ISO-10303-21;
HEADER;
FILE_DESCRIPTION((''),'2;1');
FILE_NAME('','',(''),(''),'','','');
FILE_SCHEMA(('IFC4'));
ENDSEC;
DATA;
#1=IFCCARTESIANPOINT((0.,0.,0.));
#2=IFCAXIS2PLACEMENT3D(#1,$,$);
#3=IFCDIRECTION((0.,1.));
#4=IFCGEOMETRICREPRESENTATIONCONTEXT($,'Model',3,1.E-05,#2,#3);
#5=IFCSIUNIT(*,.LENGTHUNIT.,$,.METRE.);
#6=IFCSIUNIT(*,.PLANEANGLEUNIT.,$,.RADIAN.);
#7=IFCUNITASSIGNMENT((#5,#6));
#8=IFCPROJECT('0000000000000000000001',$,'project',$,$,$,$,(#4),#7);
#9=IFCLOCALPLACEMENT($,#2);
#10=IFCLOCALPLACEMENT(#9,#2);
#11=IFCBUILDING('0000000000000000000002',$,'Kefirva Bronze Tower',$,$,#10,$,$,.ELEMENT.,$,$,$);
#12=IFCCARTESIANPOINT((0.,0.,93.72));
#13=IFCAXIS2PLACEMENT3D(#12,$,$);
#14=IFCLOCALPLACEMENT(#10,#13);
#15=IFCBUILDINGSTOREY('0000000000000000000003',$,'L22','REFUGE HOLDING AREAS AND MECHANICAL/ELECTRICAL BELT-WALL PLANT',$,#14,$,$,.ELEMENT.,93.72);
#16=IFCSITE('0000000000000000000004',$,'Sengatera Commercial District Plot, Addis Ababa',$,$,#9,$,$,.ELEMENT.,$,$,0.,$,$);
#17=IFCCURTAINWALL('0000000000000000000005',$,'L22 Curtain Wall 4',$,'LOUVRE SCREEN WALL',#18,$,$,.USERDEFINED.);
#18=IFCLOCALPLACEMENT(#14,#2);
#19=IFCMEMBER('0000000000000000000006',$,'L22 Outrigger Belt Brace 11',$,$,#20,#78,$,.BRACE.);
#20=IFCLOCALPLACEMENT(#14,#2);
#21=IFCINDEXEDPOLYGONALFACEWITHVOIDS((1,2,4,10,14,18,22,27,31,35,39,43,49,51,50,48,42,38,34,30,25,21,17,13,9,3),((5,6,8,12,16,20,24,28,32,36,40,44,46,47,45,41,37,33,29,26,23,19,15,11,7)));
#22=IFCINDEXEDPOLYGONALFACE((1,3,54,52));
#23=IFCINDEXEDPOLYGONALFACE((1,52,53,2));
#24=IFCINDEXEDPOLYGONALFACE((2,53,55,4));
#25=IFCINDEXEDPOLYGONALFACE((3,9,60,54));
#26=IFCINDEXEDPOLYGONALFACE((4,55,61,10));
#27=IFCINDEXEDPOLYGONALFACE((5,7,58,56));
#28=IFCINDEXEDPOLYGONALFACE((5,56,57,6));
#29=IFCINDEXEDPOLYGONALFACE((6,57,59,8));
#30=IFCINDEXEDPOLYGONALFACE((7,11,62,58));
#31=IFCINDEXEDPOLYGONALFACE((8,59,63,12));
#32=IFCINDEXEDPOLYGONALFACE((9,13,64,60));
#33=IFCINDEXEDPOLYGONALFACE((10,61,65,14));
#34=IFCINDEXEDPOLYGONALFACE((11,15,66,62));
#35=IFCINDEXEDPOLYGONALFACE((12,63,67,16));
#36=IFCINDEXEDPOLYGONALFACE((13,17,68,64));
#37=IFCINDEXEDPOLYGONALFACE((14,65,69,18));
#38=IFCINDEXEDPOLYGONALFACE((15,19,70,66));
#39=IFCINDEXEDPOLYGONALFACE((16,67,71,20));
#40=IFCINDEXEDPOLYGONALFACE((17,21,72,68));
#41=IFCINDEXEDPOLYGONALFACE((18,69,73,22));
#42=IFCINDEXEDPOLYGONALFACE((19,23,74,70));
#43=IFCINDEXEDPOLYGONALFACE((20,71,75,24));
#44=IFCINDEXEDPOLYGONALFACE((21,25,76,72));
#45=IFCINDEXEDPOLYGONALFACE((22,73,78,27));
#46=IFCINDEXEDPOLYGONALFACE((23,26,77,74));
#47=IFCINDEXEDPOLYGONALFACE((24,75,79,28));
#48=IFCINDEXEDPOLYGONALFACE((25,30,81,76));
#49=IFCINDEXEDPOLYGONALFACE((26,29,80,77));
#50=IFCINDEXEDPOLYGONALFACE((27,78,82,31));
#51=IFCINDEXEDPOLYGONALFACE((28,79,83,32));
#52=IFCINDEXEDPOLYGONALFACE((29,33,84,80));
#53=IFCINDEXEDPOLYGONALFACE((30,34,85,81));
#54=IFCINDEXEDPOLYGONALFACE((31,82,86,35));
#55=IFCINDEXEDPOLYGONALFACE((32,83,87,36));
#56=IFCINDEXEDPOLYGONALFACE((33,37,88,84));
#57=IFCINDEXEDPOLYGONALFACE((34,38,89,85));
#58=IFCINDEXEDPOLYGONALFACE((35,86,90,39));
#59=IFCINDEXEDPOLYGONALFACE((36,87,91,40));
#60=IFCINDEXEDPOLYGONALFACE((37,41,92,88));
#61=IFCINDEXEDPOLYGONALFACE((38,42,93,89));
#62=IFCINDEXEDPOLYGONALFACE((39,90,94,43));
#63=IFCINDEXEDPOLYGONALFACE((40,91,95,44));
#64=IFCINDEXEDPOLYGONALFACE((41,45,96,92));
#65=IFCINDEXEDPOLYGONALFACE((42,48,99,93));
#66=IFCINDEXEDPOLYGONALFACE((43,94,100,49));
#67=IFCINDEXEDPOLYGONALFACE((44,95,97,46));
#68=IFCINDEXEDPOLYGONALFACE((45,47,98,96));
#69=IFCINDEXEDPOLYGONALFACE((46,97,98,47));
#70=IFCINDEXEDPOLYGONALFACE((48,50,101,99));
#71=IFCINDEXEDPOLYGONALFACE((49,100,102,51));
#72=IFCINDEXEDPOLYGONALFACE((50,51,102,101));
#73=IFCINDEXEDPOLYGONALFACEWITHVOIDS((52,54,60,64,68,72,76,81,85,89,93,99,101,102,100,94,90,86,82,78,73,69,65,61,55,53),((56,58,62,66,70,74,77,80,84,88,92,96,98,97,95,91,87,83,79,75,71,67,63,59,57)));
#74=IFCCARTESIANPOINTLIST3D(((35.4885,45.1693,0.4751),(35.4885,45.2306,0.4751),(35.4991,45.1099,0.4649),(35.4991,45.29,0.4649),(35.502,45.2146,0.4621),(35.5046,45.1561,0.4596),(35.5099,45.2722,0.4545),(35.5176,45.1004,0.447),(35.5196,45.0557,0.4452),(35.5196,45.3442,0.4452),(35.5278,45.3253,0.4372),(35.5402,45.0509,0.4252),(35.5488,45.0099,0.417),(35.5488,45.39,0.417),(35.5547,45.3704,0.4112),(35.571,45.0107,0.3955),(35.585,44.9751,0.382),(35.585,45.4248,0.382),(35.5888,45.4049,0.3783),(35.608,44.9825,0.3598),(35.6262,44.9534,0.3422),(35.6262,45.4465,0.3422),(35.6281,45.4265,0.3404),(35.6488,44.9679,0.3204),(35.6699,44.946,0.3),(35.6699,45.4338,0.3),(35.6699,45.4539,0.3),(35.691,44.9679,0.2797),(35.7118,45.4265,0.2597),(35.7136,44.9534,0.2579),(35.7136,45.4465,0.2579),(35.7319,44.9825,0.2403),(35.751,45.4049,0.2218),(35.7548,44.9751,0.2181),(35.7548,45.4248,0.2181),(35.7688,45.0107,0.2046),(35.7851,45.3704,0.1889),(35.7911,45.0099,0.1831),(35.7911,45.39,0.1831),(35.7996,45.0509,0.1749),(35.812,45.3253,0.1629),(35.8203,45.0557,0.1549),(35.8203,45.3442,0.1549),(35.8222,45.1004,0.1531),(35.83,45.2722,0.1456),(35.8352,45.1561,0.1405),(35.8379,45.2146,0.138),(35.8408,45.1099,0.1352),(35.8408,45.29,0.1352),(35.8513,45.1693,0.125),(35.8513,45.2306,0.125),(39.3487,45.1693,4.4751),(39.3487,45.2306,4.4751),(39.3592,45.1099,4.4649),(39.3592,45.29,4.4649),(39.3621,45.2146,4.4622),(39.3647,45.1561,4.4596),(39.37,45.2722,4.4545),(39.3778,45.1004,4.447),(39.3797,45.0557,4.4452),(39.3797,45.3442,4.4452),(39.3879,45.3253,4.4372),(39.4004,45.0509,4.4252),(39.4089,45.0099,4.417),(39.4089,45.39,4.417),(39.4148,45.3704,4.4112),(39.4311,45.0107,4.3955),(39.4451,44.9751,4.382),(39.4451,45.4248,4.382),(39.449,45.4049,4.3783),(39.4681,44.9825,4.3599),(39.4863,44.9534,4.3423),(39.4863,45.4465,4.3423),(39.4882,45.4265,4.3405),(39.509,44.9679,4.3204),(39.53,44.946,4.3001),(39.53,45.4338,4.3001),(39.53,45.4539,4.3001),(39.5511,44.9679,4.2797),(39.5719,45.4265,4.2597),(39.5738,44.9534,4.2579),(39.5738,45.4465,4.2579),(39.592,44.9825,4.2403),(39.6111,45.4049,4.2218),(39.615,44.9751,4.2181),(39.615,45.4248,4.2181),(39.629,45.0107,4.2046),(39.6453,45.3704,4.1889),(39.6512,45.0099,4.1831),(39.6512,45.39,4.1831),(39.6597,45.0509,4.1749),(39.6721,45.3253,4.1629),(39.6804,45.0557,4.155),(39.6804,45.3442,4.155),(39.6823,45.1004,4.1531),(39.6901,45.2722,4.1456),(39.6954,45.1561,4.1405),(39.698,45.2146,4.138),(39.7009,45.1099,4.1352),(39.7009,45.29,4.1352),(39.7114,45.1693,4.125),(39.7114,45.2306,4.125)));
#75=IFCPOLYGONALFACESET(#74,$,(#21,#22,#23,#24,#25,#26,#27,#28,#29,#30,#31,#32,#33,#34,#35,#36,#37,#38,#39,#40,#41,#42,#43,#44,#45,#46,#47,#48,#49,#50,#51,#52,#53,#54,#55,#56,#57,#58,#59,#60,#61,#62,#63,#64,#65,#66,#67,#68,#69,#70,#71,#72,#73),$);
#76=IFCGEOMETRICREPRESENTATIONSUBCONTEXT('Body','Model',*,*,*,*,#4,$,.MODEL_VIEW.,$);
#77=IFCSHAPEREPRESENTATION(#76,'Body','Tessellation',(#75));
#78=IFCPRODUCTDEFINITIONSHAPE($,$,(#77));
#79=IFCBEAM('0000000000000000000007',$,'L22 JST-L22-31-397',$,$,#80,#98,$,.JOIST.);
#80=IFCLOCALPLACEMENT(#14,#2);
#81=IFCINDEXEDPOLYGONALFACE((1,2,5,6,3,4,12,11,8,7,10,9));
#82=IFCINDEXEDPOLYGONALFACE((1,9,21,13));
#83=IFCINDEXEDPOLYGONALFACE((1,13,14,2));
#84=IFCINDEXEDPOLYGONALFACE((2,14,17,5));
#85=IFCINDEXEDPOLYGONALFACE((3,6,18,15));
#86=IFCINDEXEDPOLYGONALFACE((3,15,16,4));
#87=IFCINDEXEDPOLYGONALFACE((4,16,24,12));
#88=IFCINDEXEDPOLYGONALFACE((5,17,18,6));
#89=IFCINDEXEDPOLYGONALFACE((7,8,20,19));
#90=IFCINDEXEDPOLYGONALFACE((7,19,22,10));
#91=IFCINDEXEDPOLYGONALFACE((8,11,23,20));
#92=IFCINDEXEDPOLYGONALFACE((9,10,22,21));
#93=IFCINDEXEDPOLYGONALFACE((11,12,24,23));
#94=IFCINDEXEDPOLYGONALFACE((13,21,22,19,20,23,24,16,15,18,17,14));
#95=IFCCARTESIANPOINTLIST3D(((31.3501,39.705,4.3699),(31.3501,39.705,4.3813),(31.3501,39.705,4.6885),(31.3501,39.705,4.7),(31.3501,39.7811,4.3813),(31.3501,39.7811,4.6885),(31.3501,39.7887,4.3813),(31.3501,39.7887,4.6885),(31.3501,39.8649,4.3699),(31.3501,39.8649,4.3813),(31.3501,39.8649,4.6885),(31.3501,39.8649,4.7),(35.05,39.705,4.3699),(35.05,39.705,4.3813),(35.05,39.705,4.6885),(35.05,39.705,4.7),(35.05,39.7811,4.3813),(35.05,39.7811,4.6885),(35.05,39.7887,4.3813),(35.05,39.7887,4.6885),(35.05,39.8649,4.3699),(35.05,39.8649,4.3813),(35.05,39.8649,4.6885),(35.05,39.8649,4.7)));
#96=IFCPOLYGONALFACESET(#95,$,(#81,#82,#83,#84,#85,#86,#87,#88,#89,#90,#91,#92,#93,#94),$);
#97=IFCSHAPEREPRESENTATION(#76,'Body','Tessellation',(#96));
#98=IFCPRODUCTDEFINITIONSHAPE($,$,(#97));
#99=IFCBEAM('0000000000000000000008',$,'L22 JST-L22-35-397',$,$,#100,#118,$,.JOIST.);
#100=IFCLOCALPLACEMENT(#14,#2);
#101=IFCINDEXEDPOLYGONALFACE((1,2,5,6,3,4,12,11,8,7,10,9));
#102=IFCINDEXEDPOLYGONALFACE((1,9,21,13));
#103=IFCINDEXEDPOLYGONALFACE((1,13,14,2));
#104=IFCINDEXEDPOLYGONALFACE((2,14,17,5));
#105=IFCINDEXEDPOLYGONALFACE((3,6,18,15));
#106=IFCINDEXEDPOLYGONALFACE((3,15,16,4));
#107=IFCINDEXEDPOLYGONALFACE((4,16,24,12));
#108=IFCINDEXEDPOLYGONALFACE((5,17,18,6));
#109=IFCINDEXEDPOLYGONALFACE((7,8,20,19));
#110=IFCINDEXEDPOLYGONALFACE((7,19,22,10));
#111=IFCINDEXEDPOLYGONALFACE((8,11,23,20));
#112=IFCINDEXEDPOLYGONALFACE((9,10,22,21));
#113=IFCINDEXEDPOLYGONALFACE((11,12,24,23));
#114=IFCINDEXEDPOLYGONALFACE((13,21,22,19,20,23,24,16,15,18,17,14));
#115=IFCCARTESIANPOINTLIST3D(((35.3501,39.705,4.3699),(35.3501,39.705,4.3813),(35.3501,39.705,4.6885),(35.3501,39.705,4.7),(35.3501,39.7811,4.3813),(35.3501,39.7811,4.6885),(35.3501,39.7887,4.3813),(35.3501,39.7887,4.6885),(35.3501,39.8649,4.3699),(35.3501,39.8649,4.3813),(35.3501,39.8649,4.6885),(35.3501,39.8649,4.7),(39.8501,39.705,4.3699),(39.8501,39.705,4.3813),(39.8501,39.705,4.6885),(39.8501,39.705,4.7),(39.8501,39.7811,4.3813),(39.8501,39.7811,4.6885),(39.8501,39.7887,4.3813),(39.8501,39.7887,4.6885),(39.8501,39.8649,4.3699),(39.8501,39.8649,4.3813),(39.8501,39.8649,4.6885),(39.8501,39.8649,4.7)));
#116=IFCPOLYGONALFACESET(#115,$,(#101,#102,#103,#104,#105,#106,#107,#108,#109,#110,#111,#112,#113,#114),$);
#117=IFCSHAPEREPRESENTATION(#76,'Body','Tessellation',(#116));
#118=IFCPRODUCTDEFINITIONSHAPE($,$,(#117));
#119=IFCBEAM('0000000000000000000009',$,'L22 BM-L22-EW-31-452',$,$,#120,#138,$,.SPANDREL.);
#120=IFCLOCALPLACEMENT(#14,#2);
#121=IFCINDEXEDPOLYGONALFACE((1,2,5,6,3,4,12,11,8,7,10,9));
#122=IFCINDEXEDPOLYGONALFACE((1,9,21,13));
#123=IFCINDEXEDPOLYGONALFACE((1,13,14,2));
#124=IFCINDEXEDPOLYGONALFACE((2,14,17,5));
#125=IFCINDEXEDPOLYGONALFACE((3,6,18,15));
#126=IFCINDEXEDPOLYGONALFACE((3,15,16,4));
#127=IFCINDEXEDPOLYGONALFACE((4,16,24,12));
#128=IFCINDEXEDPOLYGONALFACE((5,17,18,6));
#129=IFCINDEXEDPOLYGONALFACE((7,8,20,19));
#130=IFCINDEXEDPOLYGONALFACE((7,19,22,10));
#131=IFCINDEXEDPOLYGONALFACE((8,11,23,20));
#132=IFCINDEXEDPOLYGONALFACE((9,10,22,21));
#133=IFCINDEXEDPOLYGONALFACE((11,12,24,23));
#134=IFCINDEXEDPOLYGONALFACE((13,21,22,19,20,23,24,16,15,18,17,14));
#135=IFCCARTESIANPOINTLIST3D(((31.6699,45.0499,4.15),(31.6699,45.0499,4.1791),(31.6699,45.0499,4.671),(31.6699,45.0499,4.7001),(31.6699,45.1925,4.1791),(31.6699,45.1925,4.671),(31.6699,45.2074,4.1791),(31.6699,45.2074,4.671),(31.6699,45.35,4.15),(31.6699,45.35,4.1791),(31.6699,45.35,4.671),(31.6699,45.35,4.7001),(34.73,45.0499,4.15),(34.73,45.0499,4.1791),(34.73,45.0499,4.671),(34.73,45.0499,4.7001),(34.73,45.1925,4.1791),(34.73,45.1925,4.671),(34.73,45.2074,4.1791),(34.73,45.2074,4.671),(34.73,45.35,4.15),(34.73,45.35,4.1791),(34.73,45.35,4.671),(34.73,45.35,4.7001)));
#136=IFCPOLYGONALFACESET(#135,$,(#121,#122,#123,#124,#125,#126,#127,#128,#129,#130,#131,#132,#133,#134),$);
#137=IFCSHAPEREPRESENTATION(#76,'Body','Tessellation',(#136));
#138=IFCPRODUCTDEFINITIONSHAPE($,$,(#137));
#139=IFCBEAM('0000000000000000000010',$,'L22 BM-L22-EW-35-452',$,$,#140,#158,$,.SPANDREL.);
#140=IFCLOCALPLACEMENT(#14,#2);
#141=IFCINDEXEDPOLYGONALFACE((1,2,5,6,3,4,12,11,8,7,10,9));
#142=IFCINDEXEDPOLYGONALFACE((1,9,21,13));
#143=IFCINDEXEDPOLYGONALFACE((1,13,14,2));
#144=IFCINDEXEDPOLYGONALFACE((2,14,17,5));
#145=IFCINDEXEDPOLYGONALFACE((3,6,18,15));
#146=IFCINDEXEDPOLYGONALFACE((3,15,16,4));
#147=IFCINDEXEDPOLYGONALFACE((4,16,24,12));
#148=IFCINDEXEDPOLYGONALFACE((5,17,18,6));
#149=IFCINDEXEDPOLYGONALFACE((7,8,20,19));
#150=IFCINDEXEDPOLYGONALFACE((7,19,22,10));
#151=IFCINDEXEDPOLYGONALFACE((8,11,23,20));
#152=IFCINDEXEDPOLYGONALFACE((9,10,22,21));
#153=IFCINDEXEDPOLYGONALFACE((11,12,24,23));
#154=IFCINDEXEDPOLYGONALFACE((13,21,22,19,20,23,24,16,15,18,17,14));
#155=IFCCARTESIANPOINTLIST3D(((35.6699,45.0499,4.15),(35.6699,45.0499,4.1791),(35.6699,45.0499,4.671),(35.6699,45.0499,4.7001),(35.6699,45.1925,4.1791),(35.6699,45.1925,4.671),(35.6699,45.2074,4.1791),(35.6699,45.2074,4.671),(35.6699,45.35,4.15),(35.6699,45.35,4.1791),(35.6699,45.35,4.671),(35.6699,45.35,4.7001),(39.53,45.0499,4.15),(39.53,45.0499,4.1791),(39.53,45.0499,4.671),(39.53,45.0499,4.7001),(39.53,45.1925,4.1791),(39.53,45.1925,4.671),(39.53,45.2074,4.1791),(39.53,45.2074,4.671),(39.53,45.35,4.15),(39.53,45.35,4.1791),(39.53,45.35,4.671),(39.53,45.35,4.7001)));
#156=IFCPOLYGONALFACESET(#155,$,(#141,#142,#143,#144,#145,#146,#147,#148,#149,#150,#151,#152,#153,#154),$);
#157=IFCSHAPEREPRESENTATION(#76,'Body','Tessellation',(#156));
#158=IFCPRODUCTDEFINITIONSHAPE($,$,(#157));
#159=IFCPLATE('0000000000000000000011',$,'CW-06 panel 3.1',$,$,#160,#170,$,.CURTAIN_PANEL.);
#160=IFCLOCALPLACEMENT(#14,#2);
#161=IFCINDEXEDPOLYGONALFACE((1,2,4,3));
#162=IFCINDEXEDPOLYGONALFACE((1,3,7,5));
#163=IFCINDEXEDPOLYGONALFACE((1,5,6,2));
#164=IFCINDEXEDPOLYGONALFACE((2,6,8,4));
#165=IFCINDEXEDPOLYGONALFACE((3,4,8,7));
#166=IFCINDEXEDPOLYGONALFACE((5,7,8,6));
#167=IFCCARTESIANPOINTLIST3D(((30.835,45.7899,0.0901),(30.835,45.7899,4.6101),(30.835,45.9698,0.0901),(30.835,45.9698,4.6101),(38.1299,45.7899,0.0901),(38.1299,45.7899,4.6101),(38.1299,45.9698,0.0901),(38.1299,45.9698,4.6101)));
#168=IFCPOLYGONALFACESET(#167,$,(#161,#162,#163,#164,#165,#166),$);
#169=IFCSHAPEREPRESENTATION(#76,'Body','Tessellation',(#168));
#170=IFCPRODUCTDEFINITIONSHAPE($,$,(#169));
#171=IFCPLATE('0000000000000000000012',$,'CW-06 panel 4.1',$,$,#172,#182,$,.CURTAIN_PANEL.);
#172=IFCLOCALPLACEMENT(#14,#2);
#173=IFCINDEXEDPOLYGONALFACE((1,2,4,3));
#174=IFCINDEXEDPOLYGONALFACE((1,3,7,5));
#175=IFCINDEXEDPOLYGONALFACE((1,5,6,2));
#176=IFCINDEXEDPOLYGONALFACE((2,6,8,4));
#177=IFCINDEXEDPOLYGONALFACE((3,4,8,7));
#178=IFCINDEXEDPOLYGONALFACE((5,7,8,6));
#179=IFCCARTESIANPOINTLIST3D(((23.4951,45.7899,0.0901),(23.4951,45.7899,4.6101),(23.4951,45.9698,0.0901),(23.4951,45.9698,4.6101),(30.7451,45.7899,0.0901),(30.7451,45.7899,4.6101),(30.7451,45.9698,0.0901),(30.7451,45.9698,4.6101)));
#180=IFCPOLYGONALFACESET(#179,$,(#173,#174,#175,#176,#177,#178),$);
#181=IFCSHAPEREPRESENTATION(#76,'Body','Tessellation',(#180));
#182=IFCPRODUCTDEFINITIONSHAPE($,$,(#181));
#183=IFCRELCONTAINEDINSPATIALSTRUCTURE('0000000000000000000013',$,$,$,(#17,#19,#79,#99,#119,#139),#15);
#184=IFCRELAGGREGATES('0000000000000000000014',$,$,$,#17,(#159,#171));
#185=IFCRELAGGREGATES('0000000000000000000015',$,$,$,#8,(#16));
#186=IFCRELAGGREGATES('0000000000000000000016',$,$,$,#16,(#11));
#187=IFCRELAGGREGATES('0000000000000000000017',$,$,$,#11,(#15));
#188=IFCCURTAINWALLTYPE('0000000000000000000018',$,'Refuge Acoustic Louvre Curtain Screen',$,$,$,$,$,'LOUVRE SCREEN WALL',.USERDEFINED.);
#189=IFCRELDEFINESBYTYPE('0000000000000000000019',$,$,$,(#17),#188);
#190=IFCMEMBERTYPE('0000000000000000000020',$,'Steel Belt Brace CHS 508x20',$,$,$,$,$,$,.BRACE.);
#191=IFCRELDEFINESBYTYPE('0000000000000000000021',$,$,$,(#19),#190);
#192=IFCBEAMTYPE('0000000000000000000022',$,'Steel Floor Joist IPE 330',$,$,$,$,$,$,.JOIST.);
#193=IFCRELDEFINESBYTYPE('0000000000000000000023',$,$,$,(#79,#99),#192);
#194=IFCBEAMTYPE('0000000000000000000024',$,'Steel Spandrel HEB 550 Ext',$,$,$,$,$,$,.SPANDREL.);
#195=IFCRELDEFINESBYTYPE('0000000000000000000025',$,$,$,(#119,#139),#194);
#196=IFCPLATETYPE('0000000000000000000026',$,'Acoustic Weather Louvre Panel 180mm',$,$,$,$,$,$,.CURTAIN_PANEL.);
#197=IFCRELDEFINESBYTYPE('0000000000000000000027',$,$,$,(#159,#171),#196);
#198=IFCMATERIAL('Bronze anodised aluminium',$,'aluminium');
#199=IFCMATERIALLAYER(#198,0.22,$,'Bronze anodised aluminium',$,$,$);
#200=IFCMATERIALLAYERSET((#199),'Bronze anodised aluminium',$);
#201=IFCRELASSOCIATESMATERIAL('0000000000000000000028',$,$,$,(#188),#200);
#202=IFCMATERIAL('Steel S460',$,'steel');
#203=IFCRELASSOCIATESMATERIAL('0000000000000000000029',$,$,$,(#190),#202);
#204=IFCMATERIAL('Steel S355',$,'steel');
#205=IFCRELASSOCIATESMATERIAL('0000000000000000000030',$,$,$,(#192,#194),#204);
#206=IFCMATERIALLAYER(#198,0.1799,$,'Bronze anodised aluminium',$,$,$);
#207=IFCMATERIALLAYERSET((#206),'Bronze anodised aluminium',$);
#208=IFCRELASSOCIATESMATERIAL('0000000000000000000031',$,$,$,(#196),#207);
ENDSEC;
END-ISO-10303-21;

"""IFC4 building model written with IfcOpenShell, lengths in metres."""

from ifc_helpers import new_model, si_unit, direction, frame, origin, origin_2d, place, context, subcontext, project, spatial, rectangle, hollow_circle, i_section, extrude, material, layer, layer_set, material_profile, profile_set, type_object, element, aggregate, save


model = new_model("IFC4")

# Units and contexts
model_context = context("Model", 3, precision=1e-05, world=origin(), true_north=direction((0.0, 1.0)))
body_context = subcontext(model_context, "Body", "Model", "MODEL_VIEW")
ifc_project = project(units=[si_unit("LENGTHUNIT", "METRE"), si_unit("PLANEANGLEUNIT", "RADIAN")], contexts=[model_context])

# Site, building, storey
site_placement = place(None, origin())
site = spatial("IfcSite", under=ifc_project, at=site_placement, Name="Sengatera Commercial District Plot, Addis Ababa", CompositionType="ELEMENT", RefElevation=0.0)
building_placement = place(site_placement, origin())
building = spatial("IfcBuilding", under=site, at=building_placement, Name="Kefirva Bronze Tower", CompositionType="ELEMENT")
storey_placement = place(building_placement, frame((0.0, 0.0, 93.72)))
storey = spatial("IfcBuildingStorey", under=building, at=storey_placement, Name="L22", Description="REFUGE HOLDING AREAS AND MECHANICAL/ELECTRICAL BELT-WALL PLANT", CompositionType="ELEMENT", Elevation=93.72)

# Curtain wall
ifc_material_1 = material(Name="Bronze anodised aluminium", Category="aluminium")
ifc_layer_1 = layer(ifc_material_1, 0.22, Name="Bronze anodised aluminium")
ifc_layer_set_1 = layer_set([ifc_layer_1], Name="Bronze anodised aluminium")
curtain_wall_type = type_object("IfcCurtainWallType", Name="Refuge Acoustic Louvre Curtain Screen", ElementType="LOUVRE SCREEN WALL", PredefinedType="USERDEFINED", material=ifc_layer_set_1)
curtain_wall_placement = place(storey_placement, origin())
curtain_wall = element("IfcCurtainWall", 1, at=curtain_wall_placement, inside=storey, type_object=curtain_wall_type, Name="L22 Curtain Wall 4", ObjectType="LOUVRE SCREEN WALL", PredefinedType="USERDEFINED")

# Member
ifc_material_2 = material(Name="Steel S460", Category="steel")
ifc_material_profile_1 = material_profile(ifc_material_2, hollow_circle(Radius=0.2539, WallThickness=0.02, at=origin_2d()), Name="CHS 508x20")
ifc_profile_set_1 = profile_set([ifc_material_profile_1], Name="Steel S460")
member_type_1 = type_object("IfcMemberType", Name="Steel Belt Brace CHS 508x20", PredefinedType="BRACE", material=ifc_profile_set_1)
member_1_placement = place(storey_placement, frame((35.6699, 45.2, 0.3), z_axis=(0.694412, 0.0, 0.719578), x_axis=(0.0, 1.0, 0.0)))
element("IfcMember", 2, at=member_1_placement, inside=storey, type_object=member_type_1, Name="L22 Outrigger Belt Brace 11", PredefinedType="BRACE", context=body_context, shape_type="SweptSolid", body=[
    extrude(hollow_circle(Radius=0.2539, WallThickness=0.02, at=origin_2d()), origin(), (0.0, 0.0, 1.0), 5.5588),
])

# Beams
ifc_material_3 = material(Name="Steel S355", Category="steel")
ifc_material_profile_2 = material_profile(ifc_material_3, i_section(OverallWidth=0.1599, OverallDepth=0.3301, WebThickness=0.0076, FlangeThickness=0.0115, at=origin_2d()), Name="IPE 330")
ifc_profile_set_2 = profile_set([ifc_material_profile_2], Name="Steel S355")
beam_type_1 = type_object("IfcBeamType", Name="Steel Floor Joist IPE 330", PredefinedType="JOIST", material=ifc_profile_set_2)
beam_1_placement = place(storey_placement, frame((31.3501, 39.7849, 4.5349), z_axis=(1.0, 0.0, 0.0), x_axis=(0.0, 1.0, 0.0)))
element("IfcBeam", 3, at=beam_1_placement, inside=storey, type_object=beam_type_1, Name="L22 JST-L22-31-397", PredefinedType="JOIST", context=body_context, shape_type="SweptSolid", body=[
    extrude(i_section(OverallWidth=0.1599, OverallDepth=0.3301, WebThickness=0.0076, FlangeThickness=0.0115, at=origin_2d()), origin(), (0.0, 0.0, 1.0), 3.7),
])
beam_2_placement = place(storey_placement, frame((35.3501, 39.7849, 4.5349), z_axis=(1.0, 0.0, 0.0), x_axis=(0.0, 1.0, 0.0)))
element("IfcBeam", 4, at=beam_2_placement, inside=storey, type_object=beam_type_1, Name="L22 JST-L22-35-397", PredefinedType="JOIST", context=body_context, shape_type="SweptSolid", body=[
    extrude(i_section(OverallWidth=0.1599, OverallDepth=0.3301, WebThickness=0.0076, FlangeThickness=0.0115, at=origin_2d()), origin(), (0.0, 0.0, 1.0), 4.5),
])
ifc_material_profile_3 = material_profile(ifc_material_3, i_section(OverallWidth=0.3, OverallDepth=0.55, WebThickness=0.0149, FlangeThickness=0.0291, at=origin_2d()), Name="HEB 550")
ifc_profile_set_3 = profile_set([ifc_material_profile_3], Name="Steel S355")
beam_type_2 = type_object("IfcBeamType", Name="Steel Spandrel HEB 550 Ext", PredefinedType="SPANDREL", material=ifc_profile_set_3)
beam_3_placement = place(storey_placement, frame((31.6699, 45.2, 4.425), z_axis=(1.0, 0.0, 0.0), x_axis=(0.0, 1.0, 0.0)))
element("IfcBeam", 5, at=beam_3_placement, inside=storey, type_object=beam_type_2, Name="L22 BM-L22-EW-31-452", PredefinedType="SPANDREL", context=body_context, shape_type="SweptSolid", body=[
    extrude(i_section(OverallWidth=0.3, OverallDepth=0.55, WebThickness=0.0149, FlangeThickness=0.0291, at=origin_2d()), origin(), (0.0, 0.0, 1.0), 3.0601),
])
beam_4_placement = place(storey_placement, frame((35.6699, 45.2, 4.425), z_axis=(1.0, 0.0, 0.0), x_axis=(0.0, 1.0, 0.0)))
element("IfcBeam", 6, at=beam_4_placement, inside=storey, type_object=beam_type_2, Name="L22 BM-L22-EW-35-452", PredefinedType="SPANDREL", context=body_context, shape_type="SweptSolid", body=[
    extrude(i_section(OverallWidth=0.3, OverallDepth=0.55, WebThickness=0.0149, FlangeThickness=0.0291, at=origin_2d()), origin(), (0.0, 0.0, 1.0), 3.8601),
])

# Plates
ifc_layer_2 = layer(ifc_material_1, 0.1799, Name="Bronze anodised aluminium")
ifc_layer_set_2 = layer_set([ifc_layer_2], Name="Bronze anodised aluminium")
plate_type_1 = type_object("IfcPlateType", Name="Acoustic Weather Louvre Panel 180mm", PredefinedType="CURTAIN_PANEL", material=ifc_layer_set_2)
plate_1_placement = place(storey_placement, frame((34.4824, 45.8799, 0.0901), z_axis=(0.0, 0.0, 1.0), x_axis=(-1.0, 0.0, 0.0)))
plate_1 = element("IfcPlate", 7, at=plate_1_placement, type_object=plate_type_1, Name="CW-06 panel 3.1", PredefinedType="CURTAIN_PANEL", context=body_context, shape_type="SweptSolid", body=[
    extrude(rectangle(XDim=7.2949, YDim=0.1799, at=origin_2d()), origin(), (0.0, 0.0, 1.0), 4.52),
])
plate_2_placement = place(storey_placement, frame((27.1201, 45.8799, 0.0901), z_axis=(0.0, 0.0, 1.0), x_axis=(-1.0, 0.0, 0.0)))
plate_2 = element("IfcPlate", 8, at=plate_2_placement, type_object=plate_type_1, Name="CW-06 panel 4.1", PredefinedType="CURTAIN_PANEL", context=body_context, shape_type="SweptSolid", body=[
    extrude(rectangle(XDim=7.25, YDim=0.1799, at=origin_2d()), origin(), (0.0, 0.0, 1.0), 4.52),
])
aggregate(curtain_wall, [plate_1, plate_2])

save(model, "model.ifc")
